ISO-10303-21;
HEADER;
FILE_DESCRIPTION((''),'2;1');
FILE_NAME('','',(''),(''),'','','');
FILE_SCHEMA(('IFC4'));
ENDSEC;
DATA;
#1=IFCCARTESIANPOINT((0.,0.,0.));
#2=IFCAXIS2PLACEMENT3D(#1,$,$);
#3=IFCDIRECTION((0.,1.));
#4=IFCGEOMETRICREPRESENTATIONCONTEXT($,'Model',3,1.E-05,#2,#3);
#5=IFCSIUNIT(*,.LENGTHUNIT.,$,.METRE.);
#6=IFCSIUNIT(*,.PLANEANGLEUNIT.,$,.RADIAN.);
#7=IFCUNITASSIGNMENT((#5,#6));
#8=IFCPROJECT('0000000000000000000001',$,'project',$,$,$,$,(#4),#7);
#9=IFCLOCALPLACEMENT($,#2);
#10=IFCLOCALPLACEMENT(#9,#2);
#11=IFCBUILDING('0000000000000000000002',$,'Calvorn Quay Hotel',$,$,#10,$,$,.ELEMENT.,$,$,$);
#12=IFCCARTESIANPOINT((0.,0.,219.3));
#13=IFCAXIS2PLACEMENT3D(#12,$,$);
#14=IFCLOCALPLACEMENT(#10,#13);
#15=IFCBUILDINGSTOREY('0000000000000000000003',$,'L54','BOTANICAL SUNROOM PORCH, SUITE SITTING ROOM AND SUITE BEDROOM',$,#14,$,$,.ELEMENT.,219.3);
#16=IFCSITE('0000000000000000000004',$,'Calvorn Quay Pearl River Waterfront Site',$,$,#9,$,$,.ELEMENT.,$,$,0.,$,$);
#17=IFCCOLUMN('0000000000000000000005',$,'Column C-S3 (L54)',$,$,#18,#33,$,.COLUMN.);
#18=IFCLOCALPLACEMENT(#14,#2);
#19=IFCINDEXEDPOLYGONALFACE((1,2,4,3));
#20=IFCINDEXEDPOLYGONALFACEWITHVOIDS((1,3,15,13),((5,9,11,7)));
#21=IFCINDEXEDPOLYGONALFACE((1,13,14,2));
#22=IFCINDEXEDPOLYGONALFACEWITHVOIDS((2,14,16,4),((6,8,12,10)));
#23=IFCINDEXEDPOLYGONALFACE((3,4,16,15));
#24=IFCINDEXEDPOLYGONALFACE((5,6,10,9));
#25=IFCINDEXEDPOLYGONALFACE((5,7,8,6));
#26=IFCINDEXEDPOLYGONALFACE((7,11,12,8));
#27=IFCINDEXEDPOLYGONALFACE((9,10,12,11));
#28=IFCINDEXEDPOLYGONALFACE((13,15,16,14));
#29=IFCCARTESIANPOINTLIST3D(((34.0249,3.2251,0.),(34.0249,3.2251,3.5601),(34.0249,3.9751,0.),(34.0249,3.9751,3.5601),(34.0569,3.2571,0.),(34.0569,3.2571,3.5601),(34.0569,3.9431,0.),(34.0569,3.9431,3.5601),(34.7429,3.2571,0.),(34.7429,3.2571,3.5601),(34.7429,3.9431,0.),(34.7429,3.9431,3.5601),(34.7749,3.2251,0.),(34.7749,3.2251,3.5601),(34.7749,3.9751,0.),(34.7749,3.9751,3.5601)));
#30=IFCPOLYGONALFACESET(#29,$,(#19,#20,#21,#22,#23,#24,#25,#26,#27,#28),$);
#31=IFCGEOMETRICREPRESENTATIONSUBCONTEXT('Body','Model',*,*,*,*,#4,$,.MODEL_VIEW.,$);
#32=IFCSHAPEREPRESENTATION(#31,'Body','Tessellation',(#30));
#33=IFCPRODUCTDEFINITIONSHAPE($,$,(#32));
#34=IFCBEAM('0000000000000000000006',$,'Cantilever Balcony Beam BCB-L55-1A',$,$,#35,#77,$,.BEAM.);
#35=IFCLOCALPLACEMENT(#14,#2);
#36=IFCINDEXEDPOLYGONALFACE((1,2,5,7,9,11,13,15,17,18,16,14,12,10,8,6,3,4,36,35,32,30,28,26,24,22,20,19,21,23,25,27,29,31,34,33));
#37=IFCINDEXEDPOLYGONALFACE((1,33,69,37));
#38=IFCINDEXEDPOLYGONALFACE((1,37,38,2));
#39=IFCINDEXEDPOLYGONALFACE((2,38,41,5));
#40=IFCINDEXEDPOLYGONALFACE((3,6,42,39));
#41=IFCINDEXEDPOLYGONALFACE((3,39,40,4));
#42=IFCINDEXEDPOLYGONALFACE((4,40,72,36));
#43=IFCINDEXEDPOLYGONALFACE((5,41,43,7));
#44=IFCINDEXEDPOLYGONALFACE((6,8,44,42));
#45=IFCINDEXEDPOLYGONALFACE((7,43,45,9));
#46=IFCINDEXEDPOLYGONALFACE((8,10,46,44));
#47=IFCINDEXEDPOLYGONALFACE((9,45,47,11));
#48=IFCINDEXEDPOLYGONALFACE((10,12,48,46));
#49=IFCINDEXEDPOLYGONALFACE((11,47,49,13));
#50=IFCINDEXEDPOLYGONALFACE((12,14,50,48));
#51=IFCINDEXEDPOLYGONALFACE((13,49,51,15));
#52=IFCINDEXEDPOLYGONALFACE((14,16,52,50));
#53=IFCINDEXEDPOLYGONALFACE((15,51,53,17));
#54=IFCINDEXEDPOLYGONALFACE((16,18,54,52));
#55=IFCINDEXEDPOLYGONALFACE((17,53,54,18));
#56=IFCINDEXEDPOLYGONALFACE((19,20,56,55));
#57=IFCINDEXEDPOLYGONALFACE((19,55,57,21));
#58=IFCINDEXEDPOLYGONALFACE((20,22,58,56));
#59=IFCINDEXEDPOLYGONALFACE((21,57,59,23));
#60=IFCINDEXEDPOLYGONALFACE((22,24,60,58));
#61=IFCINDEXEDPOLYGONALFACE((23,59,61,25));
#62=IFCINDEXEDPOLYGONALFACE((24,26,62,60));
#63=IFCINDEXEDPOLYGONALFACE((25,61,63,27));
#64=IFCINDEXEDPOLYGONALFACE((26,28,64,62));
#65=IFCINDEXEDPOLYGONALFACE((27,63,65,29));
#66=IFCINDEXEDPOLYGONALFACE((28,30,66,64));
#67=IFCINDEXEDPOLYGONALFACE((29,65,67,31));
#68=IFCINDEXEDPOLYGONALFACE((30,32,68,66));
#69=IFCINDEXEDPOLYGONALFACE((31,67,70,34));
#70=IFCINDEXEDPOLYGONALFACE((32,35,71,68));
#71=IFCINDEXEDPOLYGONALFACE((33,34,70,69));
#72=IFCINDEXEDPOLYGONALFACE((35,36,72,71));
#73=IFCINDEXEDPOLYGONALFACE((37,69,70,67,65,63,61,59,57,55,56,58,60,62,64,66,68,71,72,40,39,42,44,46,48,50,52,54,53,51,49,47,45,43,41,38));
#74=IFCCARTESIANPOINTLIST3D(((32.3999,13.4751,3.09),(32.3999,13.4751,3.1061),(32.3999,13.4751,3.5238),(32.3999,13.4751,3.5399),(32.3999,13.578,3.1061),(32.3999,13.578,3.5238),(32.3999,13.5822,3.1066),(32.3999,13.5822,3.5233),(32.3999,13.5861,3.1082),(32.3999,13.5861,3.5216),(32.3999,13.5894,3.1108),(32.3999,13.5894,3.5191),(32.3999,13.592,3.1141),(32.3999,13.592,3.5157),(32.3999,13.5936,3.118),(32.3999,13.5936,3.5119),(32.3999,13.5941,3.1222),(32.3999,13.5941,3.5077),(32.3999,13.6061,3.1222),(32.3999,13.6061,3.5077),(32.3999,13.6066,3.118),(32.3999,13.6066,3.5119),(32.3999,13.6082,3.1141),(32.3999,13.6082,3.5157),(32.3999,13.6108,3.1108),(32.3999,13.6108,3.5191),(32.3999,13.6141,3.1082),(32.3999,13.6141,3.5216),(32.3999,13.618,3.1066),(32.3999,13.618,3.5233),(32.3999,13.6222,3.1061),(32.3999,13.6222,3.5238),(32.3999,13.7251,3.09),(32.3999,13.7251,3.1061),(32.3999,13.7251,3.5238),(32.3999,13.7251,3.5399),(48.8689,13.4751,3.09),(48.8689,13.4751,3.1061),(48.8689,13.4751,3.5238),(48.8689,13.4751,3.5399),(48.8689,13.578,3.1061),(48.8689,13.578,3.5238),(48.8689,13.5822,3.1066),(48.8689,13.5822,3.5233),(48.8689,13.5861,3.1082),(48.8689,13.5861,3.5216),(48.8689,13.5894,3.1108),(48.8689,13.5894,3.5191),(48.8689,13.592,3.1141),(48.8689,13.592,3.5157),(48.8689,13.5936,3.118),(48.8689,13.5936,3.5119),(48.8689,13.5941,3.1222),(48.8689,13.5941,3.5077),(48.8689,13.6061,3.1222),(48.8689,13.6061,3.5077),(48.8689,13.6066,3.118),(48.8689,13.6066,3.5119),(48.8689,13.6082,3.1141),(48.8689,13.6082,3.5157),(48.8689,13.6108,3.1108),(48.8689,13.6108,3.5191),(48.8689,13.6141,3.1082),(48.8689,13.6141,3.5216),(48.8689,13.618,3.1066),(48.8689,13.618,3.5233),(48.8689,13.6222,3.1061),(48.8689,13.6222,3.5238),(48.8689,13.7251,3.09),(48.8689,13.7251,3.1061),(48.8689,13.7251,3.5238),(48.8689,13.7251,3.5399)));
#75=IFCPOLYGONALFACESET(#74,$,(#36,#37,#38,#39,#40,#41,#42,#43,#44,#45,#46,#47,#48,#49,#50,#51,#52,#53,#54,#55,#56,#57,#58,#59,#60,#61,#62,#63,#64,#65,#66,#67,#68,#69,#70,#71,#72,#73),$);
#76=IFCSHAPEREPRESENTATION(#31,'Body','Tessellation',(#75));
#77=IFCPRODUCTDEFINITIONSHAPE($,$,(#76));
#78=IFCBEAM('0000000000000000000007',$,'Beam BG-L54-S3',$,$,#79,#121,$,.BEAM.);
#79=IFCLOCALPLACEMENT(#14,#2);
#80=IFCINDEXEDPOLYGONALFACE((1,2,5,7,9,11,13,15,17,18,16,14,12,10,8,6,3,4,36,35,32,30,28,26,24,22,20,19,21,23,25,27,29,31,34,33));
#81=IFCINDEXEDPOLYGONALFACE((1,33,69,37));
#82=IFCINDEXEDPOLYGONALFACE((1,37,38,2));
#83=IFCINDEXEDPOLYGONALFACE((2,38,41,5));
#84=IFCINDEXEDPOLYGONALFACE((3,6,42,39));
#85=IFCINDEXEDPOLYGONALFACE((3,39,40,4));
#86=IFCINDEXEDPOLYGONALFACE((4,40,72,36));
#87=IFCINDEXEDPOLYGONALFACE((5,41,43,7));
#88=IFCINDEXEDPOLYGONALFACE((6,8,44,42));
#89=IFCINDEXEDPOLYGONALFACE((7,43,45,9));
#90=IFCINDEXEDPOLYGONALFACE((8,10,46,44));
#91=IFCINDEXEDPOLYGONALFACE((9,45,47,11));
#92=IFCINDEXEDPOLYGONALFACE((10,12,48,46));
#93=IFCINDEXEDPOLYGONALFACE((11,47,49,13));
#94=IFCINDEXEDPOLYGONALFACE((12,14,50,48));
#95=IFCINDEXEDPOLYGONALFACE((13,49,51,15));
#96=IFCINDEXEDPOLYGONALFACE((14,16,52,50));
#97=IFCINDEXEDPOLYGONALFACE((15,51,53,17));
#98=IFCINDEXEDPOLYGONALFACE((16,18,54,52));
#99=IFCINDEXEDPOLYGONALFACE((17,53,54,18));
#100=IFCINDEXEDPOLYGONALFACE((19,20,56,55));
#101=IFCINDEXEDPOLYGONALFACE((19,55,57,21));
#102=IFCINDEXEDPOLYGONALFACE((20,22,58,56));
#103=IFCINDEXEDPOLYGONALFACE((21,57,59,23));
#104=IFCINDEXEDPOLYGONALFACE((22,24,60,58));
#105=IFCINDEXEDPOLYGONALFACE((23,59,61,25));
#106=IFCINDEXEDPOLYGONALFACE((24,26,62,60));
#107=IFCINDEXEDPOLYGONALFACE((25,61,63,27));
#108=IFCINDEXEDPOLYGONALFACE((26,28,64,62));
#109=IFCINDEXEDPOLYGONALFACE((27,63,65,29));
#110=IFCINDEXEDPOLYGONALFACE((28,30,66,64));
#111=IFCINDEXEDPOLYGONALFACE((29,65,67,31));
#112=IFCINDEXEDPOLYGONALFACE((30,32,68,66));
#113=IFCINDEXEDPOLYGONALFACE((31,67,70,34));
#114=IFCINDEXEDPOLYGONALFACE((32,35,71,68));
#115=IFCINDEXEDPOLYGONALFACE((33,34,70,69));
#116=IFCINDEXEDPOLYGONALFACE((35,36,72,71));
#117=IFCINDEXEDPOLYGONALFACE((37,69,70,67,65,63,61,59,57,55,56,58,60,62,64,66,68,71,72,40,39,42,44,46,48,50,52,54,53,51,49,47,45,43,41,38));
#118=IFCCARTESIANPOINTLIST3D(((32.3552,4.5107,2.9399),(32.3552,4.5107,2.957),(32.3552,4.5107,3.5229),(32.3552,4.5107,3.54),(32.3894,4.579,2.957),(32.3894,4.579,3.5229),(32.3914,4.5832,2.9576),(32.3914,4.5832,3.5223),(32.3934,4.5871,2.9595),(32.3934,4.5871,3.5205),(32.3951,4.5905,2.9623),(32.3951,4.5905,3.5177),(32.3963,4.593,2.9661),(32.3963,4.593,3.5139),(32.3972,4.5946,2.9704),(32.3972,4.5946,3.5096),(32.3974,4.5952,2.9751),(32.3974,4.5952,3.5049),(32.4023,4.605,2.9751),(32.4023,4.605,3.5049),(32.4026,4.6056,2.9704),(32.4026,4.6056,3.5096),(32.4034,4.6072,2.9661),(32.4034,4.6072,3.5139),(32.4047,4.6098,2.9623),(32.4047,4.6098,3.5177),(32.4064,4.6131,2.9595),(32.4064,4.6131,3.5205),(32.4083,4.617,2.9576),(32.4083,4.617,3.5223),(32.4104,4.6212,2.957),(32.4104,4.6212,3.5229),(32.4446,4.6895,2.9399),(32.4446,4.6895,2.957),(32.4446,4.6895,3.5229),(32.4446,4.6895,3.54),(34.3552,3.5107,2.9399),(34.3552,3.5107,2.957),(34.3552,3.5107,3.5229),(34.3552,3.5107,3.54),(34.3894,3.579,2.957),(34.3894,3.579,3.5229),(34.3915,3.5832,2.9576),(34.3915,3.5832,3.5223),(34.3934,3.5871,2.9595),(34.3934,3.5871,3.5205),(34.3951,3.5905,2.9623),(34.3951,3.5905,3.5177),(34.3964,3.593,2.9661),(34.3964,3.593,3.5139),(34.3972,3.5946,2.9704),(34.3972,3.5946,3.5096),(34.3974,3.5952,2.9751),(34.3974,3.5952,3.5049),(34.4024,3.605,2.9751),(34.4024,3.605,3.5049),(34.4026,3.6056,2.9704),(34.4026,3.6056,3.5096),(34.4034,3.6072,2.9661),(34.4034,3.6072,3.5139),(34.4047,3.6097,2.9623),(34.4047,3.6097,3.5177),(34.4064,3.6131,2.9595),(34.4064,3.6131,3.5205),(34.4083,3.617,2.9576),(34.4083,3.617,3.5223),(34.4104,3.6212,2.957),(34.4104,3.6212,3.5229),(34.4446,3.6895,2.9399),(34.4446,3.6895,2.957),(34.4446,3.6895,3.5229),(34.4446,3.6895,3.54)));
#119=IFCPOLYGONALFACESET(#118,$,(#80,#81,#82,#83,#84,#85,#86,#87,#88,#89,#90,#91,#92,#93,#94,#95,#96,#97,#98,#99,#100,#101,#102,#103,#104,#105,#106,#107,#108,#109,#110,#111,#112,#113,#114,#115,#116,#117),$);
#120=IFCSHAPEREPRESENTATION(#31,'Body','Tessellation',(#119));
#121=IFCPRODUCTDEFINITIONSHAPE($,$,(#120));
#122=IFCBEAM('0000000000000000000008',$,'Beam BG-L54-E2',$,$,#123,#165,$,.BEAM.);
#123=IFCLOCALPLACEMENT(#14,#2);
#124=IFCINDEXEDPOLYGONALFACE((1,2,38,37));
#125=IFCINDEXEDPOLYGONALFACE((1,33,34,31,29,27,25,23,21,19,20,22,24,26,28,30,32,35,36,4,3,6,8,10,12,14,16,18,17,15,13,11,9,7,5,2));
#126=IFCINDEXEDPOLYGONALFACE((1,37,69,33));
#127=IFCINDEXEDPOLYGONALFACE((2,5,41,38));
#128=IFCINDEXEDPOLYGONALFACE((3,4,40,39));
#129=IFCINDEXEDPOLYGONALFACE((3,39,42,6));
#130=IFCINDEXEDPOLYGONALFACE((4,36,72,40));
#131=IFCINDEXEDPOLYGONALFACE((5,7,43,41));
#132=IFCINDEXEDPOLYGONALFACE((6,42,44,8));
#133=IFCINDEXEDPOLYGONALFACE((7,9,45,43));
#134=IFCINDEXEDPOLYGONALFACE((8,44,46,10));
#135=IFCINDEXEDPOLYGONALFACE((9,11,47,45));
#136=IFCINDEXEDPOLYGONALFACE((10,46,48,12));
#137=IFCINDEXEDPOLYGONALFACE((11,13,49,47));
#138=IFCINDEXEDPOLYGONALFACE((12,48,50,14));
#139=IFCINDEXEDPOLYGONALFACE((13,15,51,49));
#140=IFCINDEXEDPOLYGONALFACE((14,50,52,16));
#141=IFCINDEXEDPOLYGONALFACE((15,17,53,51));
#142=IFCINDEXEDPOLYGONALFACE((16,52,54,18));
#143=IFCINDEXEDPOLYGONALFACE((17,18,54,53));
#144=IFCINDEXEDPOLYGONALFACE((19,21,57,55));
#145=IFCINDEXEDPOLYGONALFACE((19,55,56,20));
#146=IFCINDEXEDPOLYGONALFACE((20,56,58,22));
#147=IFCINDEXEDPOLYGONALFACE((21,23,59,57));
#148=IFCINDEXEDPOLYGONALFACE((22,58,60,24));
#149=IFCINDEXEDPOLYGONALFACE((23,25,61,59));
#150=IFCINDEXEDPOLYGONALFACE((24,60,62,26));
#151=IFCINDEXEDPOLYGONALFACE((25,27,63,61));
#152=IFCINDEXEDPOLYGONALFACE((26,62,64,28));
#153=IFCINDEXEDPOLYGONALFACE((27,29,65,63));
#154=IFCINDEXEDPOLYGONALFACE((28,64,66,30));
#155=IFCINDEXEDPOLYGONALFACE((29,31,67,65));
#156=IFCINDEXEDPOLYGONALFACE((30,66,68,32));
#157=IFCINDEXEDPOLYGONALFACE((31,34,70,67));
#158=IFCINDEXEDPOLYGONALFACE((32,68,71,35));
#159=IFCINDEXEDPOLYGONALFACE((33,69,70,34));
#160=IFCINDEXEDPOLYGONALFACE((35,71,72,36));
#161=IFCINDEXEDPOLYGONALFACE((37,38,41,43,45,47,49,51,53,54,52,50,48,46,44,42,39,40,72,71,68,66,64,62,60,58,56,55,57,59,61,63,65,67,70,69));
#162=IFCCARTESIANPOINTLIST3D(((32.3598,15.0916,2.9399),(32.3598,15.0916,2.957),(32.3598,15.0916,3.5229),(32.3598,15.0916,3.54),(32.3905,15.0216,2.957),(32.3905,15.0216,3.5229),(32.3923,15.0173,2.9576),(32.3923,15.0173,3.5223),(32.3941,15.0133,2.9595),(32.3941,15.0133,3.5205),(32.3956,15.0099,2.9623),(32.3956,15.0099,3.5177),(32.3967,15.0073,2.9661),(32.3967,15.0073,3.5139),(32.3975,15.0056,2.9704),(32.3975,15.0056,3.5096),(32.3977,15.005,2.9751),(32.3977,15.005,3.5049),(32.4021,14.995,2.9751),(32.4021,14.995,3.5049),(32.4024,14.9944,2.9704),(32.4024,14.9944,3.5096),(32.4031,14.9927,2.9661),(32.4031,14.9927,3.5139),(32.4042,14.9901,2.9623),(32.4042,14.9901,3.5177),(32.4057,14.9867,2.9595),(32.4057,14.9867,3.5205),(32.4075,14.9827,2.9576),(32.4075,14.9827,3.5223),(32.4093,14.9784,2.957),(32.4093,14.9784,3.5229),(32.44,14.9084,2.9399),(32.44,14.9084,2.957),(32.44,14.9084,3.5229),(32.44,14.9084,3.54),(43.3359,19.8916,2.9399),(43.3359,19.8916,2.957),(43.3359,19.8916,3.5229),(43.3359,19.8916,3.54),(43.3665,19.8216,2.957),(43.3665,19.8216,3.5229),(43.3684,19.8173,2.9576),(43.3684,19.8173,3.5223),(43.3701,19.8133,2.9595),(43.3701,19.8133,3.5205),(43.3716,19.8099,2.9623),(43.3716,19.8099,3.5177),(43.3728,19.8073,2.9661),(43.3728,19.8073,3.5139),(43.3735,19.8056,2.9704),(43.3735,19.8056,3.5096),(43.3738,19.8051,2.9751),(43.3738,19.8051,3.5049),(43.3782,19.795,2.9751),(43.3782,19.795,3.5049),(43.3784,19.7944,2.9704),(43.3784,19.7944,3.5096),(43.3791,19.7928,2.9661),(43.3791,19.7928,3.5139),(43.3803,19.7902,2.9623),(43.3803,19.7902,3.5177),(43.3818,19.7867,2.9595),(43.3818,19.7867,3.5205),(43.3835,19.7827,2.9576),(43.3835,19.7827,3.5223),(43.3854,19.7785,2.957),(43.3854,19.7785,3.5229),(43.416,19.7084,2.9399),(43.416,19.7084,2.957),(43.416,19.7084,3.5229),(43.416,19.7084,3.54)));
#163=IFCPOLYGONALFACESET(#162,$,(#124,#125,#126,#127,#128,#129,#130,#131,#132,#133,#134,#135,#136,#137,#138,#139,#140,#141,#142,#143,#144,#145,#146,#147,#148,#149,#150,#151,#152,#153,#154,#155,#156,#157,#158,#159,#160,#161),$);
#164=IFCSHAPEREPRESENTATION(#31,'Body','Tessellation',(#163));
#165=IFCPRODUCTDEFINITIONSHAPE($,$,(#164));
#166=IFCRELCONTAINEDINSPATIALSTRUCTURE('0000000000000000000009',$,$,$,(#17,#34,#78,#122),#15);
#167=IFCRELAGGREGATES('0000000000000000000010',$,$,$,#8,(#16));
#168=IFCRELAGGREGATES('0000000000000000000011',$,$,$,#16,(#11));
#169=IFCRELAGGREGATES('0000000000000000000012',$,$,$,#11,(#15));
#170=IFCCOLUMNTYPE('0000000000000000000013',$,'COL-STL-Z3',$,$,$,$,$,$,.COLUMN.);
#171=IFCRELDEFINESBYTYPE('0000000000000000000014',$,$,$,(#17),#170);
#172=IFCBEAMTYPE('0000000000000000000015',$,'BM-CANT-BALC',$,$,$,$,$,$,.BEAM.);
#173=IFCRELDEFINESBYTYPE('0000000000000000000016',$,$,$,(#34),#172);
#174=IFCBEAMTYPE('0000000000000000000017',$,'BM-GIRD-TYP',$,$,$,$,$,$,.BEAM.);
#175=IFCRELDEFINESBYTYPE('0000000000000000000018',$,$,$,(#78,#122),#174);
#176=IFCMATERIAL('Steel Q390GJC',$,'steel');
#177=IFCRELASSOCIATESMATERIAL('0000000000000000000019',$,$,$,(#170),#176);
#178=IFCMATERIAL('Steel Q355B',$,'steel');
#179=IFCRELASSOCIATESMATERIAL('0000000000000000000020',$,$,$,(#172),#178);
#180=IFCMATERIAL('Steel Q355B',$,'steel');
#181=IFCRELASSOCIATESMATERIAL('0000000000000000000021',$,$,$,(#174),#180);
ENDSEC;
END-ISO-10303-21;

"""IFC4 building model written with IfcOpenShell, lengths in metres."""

from ifc_helpers import new_model, si_unit, direction, frame, origin, origin_2d, place, context, subcontext, project, spatial, hollow_rectangle, i_section, extrude, material, material_profile, profile_set, type_object, element, save


model = new_model("IFC4")

# Units and contexts
model_context = context("Model", 3, precision=1e-05, world=origin(), true_north=direction((0.0, 1.0)))
body_context = subcontext(model_context, "Body", "Model", "MODEL_VIEW")
ifc_project = project(units=[si_unit("LENGTHUNIT", "METRE"), si_unit("PLANEANGLEUNIT", "RADIAN")], contexts=[model_context])

# Site, building, storey
site_placement = place(None, origin())
site = spatial("IfcSite", under=ifc_project, at=site_placement, Name="Calvorn Quay Pearl River Waterfront Site", CompositionType="ELEMENT", RefElevation=0.0)
building_placement = place(site_placement, origin())
building = spatial("IfcBuilding", under=site, at=building_placement, Name="Calvorn Quay Hotel", CompositionType="ELEMENT")
storey_placement = place(building_placement, frame((0.0, 0.0, 219.3)))
storey = spatial("IfcBuildingStorey", under=building, at=storey_placement, Name="L54", Description="BOTANICAL SUNROOM PORCH, SUITE SITTING ROOM AND SUITE BEDROOM", CompositionType="ELEMENT", Elevation=219.3)

# Column
ifc_material_1 = material(Name="Steel Q390GJC", Category="steel")
ifc_material_profile_1 = material_profile(ifc_material_1, hollow_rectangle(XDim=0.75, YDim=0.75, WallThickness=0.032, at=origin_2d()), Name="BOX750x750x32")
ifc_profile_set_1 = profile_set([ifc_material_profile_1], Name="Steel Q390GJC")
column_type = type_object("IfcColumnType", Name="COL-STL-Z3", PredefinedType="COLUMN", material=ifc_profile_set_1)
column_placement = place(storey_placement, frame((34.3999, 3.6001, 0.0), z_axis=(0.0, 0.0, 1.0), x_axis=(1.0, 0.0, 0.0)))
element("IfcColumn", 1, at=column_placement, inside=storey, type_object=column_type, Name="Column C-S3 (L54)", PredefinedType="COLUMN", context=body_context, shape_type="SweptSolid", body=[
    extrude(hollow_rectangle(XDim=0.75, YDim=0.75, WallThickness=0.032, at=origin_2d()), origin(), (0.0, 0.0, 1.0), 3.5601),
])

# Beams
ifc_material_2 = material(Name="Steel Q355B", Category="steel")
ifc_material_profile_2 = material_profile(ifc_material_2, i_section(OverallWidth=0.25, OverallDepth=0.45, WebThickness=0.012, FlangeThickness=0.0161, FilletRadius=0.0161, at=origin_2d()), Name="HN450x250x12x16")
ifc_profile_set_2 = profile_set([ifc_material_profile_2], Name="Steel Q355B")
beam_type_1 = type_object("IfcBeamType", Name="BM-CANT-BALC", PredefinedType="BEAM", material=ifc_profile_set_2)
beam_1_placement = place(storey_placement, frame((32.3999, 13.6001, 3.3149), z_axis=(1.0, 0.0, 0.0), x_axis=(0.0, 1.0, 0.0)))
element("IfcBeam", 2, at=beam_1_placement, inside=storey, type_object=beam_type_1, Name="Cantilever Balcony Beam BCB-L55-1A", PredefinedType="BEAM", context=body_context, shape_type="SweptSolid", body=[
    extrude(i_section(OverallWidth=0.25, OverallDepth=0.45, WebThickness=0.012, FlangeThickness=0.0161, FilletRadius=0.0161, at=origin_2d()), origin(), (0.0, 0.0, 1.0), 16.469),
])
ifc_material_3 = material(Name="Steel Q355B", Category="steel")
ifc_material_profile_3 = material_profile(ifc_material_3, i_section(OverallWidth=0.2, OverallDepth=0.6001, WebThickness=0.011, FlangeThickness=0.0171, FilletRadius=0.0181, at=origin_2d()), Name="HN600x200x11x17")
ifc_profile_set_3 = profile_set([ifc_material_profile_3], Name="Steel Q355B")
beam_type_2 = type_object("IfcBeamType", Name="BM-GIRD-TYP", PredefinedType="BEAM", material=ifc_profile_set_3)
beam_2_placement = place(storey_placement, frame((34.3999, 3.6001, 3.24), z_axis=(-0.894427, 0.447214, 0.0), x_axis=(-0.447214, -0.894427, 0.0)))
element("IfcBeam", 3, at=beam_2_placement, inside=storey, type_object=beam_type_2, Name="Beam BG-L54-S3", PredefinedType="BEAM", context=body_context, shape_type="SweptSolid", body=[
    extrude(i_section(OverallWidth=0.2, OverallDepth=0.6001, WebThickness=0.011, FlangeThickness=0.0171, FilletRadius=0.0181, at=origin_2d()), origin(), (0.0, 0.0, 1.0), 2.2361),
])
beam_3_placement = place(storey_placement, frame((32.3999, 15.0, 3.24), z_axis=(0.916218, 0.40068, 0.0), x_axis=(-0.40068, 0.916218, 0.0)))
element("IfcBeam", 4, at=beam_3_placement, inside=storey, type_object=beam_type_2, Name="Beam BG-L54-E2", PredefinedType="BEAM", context=body_context, shape_type="SweptSolid", body=[
    extrude(i_section(OverallWidth=0.2, OverallDepth=0.6001, WebThickness=0.011, FlangeThickness=0.0171, FilletRadius=0.0181, at=origin_2d()), origin(), (0.0, 0.0, 1.0), 11.9797),
])

save(model, "model.ifc")
